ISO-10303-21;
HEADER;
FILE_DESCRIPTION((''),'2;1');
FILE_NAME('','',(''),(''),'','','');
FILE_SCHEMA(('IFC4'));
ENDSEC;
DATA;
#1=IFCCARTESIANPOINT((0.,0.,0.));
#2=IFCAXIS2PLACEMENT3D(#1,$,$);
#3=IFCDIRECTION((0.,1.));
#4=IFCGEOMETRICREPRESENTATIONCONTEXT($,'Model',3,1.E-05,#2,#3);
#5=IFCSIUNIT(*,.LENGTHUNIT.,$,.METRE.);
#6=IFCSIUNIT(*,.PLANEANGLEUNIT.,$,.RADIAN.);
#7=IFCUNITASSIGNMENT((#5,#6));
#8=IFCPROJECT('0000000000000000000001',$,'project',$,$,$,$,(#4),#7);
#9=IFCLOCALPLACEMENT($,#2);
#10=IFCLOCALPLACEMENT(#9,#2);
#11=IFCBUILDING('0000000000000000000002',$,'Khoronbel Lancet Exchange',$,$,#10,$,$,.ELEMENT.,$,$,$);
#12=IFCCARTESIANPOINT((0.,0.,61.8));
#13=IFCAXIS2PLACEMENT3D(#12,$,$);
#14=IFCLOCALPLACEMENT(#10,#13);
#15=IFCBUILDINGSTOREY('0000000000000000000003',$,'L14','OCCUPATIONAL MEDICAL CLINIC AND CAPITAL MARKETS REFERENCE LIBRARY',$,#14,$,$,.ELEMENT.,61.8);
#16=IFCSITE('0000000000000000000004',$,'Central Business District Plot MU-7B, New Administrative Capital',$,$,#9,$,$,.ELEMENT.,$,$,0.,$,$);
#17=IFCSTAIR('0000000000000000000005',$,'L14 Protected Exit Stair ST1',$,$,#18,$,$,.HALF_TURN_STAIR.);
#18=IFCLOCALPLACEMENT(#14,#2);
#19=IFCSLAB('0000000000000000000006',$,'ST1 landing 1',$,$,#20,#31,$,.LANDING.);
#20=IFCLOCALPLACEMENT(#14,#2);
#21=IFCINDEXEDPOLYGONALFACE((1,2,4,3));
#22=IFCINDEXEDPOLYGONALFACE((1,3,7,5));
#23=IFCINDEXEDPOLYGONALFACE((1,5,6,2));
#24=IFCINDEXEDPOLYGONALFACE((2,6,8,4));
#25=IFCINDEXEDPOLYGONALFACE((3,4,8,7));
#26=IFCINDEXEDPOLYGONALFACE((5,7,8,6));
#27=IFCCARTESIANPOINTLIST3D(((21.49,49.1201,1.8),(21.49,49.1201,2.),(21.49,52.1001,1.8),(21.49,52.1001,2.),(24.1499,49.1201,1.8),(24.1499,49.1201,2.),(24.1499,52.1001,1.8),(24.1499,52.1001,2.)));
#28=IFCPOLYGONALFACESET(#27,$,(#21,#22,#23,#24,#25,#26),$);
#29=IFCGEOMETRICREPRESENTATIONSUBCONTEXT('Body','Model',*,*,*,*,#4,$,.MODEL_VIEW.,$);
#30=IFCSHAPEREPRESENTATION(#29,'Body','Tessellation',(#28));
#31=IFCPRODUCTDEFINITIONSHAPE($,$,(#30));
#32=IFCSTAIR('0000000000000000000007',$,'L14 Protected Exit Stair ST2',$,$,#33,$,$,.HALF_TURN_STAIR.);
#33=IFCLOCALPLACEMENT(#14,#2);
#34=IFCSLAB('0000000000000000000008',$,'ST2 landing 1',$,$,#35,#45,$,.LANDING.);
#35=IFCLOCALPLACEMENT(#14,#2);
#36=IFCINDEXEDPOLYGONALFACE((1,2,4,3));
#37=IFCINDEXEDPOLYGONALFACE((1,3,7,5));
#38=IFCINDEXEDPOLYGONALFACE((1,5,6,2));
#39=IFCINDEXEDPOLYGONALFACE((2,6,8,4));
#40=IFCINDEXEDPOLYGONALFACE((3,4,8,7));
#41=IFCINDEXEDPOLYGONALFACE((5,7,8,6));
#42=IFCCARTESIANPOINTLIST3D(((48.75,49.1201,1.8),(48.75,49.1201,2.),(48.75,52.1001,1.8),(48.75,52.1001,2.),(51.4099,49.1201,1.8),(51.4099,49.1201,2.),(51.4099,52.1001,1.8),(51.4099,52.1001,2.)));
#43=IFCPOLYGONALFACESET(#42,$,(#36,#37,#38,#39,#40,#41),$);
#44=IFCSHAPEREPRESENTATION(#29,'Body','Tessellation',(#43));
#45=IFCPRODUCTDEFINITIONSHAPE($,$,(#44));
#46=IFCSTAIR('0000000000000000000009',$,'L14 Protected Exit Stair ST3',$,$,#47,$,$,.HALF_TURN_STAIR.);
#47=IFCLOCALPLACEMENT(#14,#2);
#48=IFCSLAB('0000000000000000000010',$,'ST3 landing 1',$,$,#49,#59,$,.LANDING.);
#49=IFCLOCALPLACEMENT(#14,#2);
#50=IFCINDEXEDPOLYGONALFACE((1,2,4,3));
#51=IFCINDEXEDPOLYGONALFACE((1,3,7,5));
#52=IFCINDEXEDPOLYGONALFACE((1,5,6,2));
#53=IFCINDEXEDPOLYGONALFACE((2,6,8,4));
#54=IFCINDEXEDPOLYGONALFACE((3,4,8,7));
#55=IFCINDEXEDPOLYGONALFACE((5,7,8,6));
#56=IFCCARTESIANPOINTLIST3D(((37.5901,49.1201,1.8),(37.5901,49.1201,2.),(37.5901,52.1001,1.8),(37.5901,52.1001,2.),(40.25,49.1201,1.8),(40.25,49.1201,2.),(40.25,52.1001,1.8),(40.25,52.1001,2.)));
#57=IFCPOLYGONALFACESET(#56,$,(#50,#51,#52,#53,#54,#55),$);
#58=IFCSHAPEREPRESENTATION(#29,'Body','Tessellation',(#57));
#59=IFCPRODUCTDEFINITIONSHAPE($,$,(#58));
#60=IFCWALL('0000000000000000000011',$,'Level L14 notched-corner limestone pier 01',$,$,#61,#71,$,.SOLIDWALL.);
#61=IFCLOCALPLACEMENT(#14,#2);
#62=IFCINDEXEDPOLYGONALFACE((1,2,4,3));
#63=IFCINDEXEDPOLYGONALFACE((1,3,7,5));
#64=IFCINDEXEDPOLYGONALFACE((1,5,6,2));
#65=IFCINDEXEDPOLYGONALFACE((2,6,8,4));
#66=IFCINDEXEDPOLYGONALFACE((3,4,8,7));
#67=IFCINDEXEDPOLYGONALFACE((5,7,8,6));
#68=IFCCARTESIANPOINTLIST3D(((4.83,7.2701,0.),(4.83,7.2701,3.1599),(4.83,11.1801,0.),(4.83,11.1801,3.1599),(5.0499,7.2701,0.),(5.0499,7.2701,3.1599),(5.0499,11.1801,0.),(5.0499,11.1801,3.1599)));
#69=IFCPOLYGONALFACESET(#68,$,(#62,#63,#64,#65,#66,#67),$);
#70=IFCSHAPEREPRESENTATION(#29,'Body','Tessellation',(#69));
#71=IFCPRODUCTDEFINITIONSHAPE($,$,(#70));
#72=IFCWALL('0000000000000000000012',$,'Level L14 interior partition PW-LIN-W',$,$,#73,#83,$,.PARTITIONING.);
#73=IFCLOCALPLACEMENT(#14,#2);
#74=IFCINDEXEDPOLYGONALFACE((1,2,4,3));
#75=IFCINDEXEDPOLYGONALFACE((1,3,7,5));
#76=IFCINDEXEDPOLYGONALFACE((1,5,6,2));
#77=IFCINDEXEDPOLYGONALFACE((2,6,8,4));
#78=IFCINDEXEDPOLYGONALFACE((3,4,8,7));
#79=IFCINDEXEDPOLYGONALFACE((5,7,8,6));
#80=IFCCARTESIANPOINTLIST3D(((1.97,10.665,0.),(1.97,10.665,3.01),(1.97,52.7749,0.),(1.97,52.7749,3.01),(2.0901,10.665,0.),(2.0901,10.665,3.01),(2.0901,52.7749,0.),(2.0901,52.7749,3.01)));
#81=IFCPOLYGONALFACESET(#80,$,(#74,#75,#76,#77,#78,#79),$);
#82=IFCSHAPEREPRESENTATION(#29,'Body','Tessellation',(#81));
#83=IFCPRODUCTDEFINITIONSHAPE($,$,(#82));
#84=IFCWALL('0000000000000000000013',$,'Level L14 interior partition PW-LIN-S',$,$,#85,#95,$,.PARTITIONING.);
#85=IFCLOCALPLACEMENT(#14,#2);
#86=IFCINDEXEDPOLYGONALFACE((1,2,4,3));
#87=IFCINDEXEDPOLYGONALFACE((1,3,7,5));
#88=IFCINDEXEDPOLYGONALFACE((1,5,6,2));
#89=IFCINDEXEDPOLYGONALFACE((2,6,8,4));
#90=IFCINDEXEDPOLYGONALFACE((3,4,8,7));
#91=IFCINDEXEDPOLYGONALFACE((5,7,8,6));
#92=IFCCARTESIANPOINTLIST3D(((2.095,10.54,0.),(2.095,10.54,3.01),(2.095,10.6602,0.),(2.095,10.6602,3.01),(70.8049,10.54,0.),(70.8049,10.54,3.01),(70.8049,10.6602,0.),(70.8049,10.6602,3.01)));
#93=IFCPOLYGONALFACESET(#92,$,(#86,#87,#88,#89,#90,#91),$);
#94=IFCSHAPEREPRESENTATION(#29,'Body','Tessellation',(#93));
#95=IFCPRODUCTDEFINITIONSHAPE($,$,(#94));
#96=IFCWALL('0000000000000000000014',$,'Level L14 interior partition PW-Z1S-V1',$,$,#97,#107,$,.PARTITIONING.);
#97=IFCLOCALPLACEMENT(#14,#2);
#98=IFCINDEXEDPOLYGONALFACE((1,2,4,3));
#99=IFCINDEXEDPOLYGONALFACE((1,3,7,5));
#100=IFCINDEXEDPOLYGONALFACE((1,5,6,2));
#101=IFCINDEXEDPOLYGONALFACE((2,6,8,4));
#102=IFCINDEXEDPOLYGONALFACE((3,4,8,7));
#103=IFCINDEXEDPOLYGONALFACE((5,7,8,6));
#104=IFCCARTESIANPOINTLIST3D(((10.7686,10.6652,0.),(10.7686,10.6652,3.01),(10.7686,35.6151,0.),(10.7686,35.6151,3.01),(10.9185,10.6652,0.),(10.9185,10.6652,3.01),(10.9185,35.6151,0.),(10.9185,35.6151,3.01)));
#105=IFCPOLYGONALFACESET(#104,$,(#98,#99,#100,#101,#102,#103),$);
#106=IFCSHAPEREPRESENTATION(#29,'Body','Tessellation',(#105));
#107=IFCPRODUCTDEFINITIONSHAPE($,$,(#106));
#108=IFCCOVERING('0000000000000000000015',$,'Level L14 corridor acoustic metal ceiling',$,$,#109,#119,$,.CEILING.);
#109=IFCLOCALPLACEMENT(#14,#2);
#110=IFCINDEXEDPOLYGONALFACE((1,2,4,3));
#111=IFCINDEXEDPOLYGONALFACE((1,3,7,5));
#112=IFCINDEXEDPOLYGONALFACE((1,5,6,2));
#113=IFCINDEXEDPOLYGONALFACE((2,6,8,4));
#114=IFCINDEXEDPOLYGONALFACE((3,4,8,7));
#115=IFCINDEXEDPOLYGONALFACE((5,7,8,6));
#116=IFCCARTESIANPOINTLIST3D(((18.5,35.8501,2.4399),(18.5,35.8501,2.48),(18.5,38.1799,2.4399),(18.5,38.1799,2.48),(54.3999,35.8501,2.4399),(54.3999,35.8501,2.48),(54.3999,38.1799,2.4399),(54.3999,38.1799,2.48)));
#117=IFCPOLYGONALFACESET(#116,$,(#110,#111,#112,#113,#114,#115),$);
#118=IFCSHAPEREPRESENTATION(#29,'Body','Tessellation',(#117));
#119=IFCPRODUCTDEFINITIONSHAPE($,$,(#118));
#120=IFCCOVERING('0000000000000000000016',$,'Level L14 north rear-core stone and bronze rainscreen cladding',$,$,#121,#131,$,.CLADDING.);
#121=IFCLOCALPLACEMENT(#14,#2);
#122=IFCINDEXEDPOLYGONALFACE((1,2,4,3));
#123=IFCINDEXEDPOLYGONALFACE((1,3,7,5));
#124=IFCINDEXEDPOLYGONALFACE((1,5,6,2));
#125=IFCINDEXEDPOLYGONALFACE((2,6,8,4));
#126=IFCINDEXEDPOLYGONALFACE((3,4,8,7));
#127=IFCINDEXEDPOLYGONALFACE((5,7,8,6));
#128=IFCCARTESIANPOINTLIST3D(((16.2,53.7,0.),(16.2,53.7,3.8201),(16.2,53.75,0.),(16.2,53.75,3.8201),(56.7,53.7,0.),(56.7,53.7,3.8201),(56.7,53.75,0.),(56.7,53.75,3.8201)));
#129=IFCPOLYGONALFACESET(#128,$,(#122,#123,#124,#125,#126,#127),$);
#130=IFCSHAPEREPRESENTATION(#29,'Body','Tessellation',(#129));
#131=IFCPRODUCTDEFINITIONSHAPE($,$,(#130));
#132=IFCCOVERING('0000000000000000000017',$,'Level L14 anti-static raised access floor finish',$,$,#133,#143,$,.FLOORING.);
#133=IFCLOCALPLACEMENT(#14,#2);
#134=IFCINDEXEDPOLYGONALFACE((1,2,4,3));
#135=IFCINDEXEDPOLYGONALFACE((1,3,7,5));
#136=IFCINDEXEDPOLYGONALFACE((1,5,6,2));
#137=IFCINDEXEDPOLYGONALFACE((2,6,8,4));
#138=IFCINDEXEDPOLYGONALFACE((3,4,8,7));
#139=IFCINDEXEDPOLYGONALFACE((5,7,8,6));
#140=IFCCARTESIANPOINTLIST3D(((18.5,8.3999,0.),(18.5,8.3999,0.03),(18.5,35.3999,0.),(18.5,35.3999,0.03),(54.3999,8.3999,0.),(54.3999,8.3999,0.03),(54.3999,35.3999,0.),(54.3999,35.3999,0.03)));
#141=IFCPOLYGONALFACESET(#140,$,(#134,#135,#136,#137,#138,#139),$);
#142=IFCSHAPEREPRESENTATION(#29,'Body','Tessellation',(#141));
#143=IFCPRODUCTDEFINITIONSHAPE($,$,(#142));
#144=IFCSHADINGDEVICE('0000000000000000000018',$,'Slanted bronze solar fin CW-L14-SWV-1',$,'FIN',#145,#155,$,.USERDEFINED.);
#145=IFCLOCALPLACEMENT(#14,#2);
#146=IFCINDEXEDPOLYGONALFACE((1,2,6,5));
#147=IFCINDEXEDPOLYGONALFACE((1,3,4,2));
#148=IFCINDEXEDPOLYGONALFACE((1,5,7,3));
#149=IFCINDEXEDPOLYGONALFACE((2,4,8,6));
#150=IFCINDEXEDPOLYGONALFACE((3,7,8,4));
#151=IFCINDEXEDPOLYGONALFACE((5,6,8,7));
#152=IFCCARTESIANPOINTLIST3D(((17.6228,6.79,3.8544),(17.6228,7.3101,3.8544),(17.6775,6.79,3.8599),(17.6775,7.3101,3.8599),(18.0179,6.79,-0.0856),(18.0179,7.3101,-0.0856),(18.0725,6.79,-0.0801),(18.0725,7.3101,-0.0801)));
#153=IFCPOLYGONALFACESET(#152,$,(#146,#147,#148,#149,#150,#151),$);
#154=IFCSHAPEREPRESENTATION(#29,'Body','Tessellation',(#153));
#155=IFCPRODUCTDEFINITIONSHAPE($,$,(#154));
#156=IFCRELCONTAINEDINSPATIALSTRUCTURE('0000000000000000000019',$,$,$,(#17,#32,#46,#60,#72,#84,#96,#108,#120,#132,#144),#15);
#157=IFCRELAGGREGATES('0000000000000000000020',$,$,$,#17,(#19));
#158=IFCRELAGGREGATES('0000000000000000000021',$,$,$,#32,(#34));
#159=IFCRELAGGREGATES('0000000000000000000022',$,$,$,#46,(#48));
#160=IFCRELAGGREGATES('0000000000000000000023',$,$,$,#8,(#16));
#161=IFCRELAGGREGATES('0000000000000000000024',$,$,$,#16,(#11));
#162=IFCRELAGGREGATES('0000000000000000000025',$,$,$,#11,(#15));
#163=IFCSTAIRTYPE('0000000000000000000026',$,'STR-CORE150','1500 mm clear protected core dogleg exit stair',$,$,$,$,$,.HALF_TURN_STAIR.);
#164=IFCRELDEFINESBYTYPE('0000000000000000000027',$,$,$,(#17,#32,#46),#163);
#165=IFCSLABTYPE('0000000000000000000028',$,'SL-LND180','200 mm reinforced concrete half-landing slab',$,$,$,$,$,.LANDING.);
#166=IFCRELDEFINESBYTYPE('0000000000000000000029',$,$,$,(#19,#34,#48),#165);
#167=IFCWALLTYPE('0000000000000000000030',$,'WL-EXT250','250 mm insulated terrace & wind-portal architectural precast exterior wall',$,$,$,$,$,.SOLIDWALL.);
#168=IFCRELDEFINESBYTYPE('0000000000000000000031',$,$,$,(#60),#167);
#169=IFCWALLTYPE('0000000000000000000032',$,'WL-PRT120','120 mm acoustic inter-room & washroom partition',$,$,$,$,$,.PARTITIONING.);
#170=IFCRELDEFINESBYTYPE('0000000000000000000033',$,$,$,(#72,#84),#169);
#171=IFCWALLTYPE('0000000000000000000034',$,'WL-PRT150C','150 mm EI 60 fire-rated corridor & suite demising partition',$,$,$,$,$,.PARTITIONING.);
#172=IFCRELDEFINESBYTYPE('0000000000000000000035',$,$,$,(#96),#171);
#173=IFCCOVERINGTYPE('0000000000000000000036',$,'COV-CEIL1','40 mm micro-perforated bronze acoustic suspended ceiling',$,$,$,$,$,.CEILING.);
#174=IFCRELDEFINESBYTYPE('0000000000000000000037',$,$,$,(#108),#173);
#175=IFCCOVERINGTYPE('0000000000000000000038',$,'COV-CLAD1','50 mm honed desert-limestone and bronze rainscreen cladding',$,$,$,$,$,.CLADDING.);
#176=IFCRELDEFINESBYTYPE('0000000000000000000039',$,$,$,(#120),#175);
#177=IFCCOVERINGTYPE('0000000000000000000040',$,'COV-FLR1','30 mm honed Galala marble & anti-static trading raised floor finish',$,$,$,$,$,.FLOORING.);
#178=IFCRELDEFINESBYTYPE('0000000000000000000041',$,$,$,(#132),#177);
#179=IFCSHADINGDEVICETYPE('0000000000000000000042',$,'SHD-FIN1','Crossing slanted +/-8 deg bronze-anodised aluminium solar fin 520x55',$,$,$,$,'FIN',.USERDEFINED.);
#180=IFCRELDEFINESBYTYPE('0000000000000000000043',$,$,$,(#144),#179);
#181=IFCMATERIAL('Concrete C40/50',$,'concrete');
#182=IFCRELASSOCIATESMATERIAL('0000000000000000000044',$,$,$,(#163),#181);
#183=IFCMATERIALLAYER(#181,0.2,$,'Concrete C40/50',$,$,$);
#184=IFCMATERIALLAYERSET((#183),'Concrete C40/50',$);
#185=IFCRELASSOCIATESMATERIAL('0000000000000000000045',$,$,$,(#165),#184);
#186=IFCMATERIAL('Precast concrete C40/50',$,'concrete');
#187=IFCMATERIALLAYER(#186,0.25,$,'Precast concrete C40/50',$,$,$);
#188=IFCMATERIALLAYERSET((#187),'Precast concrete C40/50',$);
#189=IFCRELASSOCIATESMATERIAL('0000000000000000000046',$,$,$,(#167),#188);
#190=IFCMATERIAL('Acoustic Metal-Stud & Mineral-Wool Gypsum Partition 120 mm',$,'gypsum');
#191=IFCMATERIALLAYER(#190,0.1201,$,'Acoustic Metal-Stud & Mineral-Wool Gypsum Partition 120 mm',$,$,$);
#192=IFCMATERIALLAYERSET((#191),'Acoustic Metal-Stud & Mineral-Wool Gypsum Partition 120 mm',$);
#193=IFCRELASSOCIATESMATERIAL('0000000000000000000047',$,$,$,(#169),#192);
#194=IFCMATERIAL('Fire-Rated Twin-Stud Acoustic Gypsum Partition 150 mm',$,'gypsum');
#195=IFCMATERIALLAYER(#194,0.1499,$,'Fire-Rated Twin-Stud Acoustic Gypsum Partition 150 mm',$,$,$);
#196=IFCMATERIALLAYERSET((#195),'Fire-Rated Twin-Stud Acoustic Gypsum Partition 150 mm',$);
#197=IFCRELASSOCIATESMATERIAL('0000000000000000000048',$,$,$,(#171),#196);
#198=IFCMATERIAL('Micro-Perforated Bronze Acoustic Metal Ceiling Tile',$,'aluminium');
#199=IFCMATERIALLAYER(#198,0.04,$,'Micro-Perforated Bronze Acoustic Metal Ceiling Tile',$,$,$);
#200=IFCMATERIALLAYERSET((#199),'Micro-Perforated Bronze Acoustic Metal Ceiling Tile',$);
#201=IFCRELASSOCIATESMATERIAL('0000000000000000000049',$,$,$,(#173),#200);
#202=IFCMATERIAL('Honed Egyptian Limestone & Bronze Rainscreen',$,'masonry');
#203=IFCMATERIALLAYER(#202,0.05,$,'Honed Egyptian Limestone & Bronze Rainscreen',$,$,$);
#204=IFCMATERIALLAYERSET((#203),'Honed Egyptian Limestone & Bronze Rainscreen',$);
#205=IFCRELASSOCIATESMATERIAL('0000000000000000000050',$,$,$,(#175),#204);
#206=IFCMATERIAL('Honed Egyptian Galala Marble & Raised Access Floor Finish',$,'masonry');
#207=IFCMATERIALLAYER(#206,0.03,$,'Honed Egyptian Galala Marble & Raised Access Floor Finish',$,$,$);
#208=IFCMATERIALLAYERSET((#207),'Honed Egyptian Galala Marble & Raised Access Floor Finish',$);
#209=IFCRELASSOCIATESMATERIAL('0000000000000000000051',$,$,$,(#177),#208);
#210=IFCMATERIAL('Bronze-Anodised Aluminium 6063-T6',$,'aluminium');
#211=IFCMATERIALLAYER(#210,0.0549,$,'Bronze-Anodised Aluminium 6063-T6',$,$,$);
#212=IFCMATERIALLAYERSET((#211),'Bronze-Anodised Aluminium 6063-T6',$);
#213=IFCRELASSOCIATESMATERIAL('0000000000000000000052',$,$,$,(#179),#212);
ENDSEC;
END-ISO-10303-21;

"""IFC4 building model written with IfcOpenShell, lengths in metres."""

from ifc_helpers import new_model, si_unit, direction, frame, frame_2d, origin, place, context, subcontext, project, spatial, polyline, rectangle, outline, extrude, material, layer, layer_set, type_object, element, aggregate, save


model = new_model("IFC4")

# Units and contexts
model_context = context("Model", 3, precision=1e-05, world=origin(), true_north=direction((0.0, 1.0)))
body_context = subcontext(model_context, "Body", "Model", "MODEL_VIEW")
ifc_project = project(units=[si_unit("LENGTHUNIT", "METRE"), si_unit("PLANEANGLEUNIT", "RADIAN")], contexts=[model_context])

# Site, building, storey
site_placement = place(None, origin())
site = spatial("IfcSite", under=ifc_project, at=site_placement, Name="Central Business District Plot MU-7B, New Administrative Capital", CompositionType="ELEMENT", RefElevation=0.0)
building_placement = place(site_placement, origin())
building = spatial("IfcBuilding", under=site, at=building_placement, Name="Khoronbel Lancet Exchange", CompositionType="ELEMENT")
storey_placement = place(building_placement, frame((0.0, 0.0, 61.8)))
storey = spatial("IfcBuildingStorey", under=building, at=storey_placement, Name="L14", Description="OCCUPATIONAL MEDICAL CLINIC AND CAPITAL MARKETS REFERENCE LIBRARY", CompositionType="ELEMENT", Elevation=61.8)

# Shared definitions
ifc_material_1 = material(Name="Bronze-Anodised Aluminium 6063-T6", Category="aluminium")

# Shared definitions
ifc_material_2 = material(Name="Concrete C40/50", Category="concrete")

# Stairs, slabs
stair_type = type_object("IfcStairType", Name="STR-CORE150", Description="1500 mm clear protected core dogleg exit stair", PredefinedType="HALF_TURN_STAIR", material=ifc_material_2)
stair_1_placement = place(storey_placement, origin())
stair_1 = element("IfcStair", 1, at=stair_1_placement, inside=storey, type_object=stair_type, Name="L14 Protected Exit Stair ST1", PredefinedType="HALF_TURN_STAIR")
ifc_layer_1 = layer(ifc_material_2, 0.2, Name="Concrete C40/50")
ifc_layer_set_1 = layer_set([ifc_layer_1], Name="Concrete C40/50")
slab_type_1 = type_object("IfcSlabType", Name="SL-LND180", Description="200 mm reinforced concrete half-landing slab", PredefinedType="LANDING", material=ifc_layer_set_1)
slab_1_placement = place(storey_placement, frame((0.0, 0.0, 1.8)))
slab_1 = element("IfcSlab", 2, at=slab_1_placement, type_object=slab_type_1, Name="ST1 landing 1", PredefinedType="LANDING", context=body_context, shape_type="SweptSolid", body=[
    extrude(outline(polyline([(21.49, 49.1201), (24.1499, 49.1201), (24.1499, 52.1001), (21.49, 52.1001), (21.49, 49.1201)])), origin(), (0.0, 0.0, 1.0), 0.2),
])
aggregate(stair_1, [slab_1])
stair_2_placement = place(storey_placement, origin())
stair_2 = element("IfcStair", 3, at=stair_2_placement, inside=storey, type_object=stair_type, Name="L14 Protected Exit Stair ST2", PredefinedType="HALF_TURN_STAIR")
slab_2_placement = place(storey_placement, frame((0.0, 0.0, 1.8)))
slab_2 = element("IfcSlab", 4, at=slab_2_placement, type_object=slab_type_1, Name="ST2 landing 1", PredefinedType="LANDING", context=body_context, shape_type="SweptSolid", body=[
    extrude(outline(polyline([(51.4099, 52.1001), (48.75, 52.1001), (48.75, 49.1201), (51.4099, 49.1201), (51.4099, 52.1001)])), origin(), (0.0, 0.0, 1.0), 0.2),
])
aggregate(stair_2, [slab_2])
stair_3_placement = place(storey_placement, origin())
stair_3 = element("IfcStair", 5, at=stair_3_placement, inside=storey, type_object=stair_type, Name="L14 Protected Exit Stair ST3", PredefinedType="HALF_TURN_STAIR")
slab_3_placement = place(storey_placement, frame((0.0, 0.0, 1.8)))
slab_3 = element("IfcSlab", 6, at=slab_3_placement, type_object=slab_type_1, Name="ST3 landing 1", PredefinedType="LANDING", context=body_context, shape_type="SweptSolid", body=[
    extrude(outline(polyline([(37.5901, 49.1201), (40.25, 49.1201), (40.25, 52.1001), (37.5901, 52.1001), (37.5901, 49.1201)])), origin(), (0.0, 0.0, 1.0), 0.2),
])
aggregate(stair_3, [slab_3])

# Walls
ifc_material_3 = material(Name="Precast concrete C40/50", Category="concrete")
ifc_layer_2 = layer(ifc_material_3, 0.25, Name="Precast concrete C40/50")
ifc_layer_set_2 = layer_set([ifc_layer_2], Name="Precast concrete C40/50")
wall_type_1 = type_object("IfcWallType", Name="WL-EXT250", Description="250 mm insulated terrace & wind-portal architectural precast exterior wall", PredefinedType="SOLIDWALL", material=ifc_layer_set_2)
wall_1_placement = place(storey_placement, frame((4.9399, 7.27, 0.0), z_axis=(0.0, 0.0, 1.0), x_axis=(0.0, 1.0, 0.0)))
element("IfcWall", 7, at=wall_1_placement, inside=storey, type_object=wall_type_1, Name="Level L14 notched-corner limestone pier 01", PredefinedType="SOLIDWALL", context=body_context, shape_type="SweptSolid", body=[
    extrude(rectangle(XDim=3.9099, YDim=0.22, at=frame_2d((1.9551, 0.0))), origin(), (0.0, 0.0, 1.0), 3.1599),
])
ifc_material_4 = material(Name="Acoustic Metal-Stud & Mineral-Wool Gypsum Partition 120 mm", Category="gypsum")
ifc_layer_3 = layer(ifc_material_4, 0.1201, Name="Acoustic Metal-Stud & Mineral-Wool Gypsum Partition 120 mm")
ifc_layer_set_3 = layer_set([ifc_layer_3], Name="Acoustic Metal-Stud & Mineral-Wool Gypsum Partition 120 mm")
wall_type_2 = type_object("IfcWallType", Name="WL-PRT120", Description="120 mm acoustic inter-room & washroom partition", PredefinedType="PARTITIONING", material=ifc_layer_set_3)
wall_2_placement = place(storey_placement, frame((2.03, 10.665, 0.0), z_axis=(0.0, 0.0, 1.0), x_axis=(0.0, 1.0, 0.0)))
element("IfcWall", 8, at=wall_2_placement, inside=storey, type_object=wall_type_2, Name="Level L14 interior partition PW-LIN-W", PredefinedType="PARTITIONING", context=body_context, shape_type="SweptSolid", body=[
    extrude(rectangle(XDim=42.1099, YDim=0.1201, at=frame_2d((21.0549, 0.0))), origin(), (0.0, 0.0, 1.0), 3.01),
])
wall_3_placement = place(storey_placement, frame((2.095, 10.6001, 0.0), z_axis=(0.0, 0.0, 1.0), x_axis=(1.0, 0.0, 0.0)))
element("IfcWall", 9, at=wall_3_placement, inside=storey, type_object=wall_type_2, Name="Level L14 interior partition PW-LIN-S", PredefinedType="PARTITIONING", context=body_context, shape_type="SweptSolid", body=[
    extrude(rectangle(XDim=68.71, YDim=0.1201, at=frame_2d((34.355, 0.0))), origin(), (0.0, 0.0, 1.0), 3.01),
])
ifc_material_5 = material(Name="Fire-Rated Twin-Stud Acoustic Gypsum Partition 150 mm", Category="gypsum")
ifc_layer_4 = layer(ifc_material_5, 0.1499, Name="Fire-Rated Twin-Stud Acoustic Gypsum Partition 150 mm")
ifc_layer_set_4 = layer_set([ifc_layer_4], Name="Fire-Rated Twin-Stud Acoustic Gypsum Partition 150 mm")
wall_type_3 = type_object("IfcWallType", Name="WL-PRT150C", Description="150 mm EI 60 fire-rated corridor & suite demising partition", PredefinedType="PARTITIONING", material=ifc_layer_set_4)
wall_4_placement = place(storey_placement, frame((10.8435, 10.665, 0.0), z_axis=(0.0, 0.0, 1.0), x_axis=(0.0, 1.0, 0.0)))
element("IfcWall", 10, at=wall_4_placement, inside=storey, type_object=wall_type_3, Name="Level L14 interior partition PW-Z1S-V1", PredefinedType="PARTITIONING", context=body_context, shape_type="SweptSolid", body=[
    extrude(rectangle(XDim=24.95, YDim=0.1499, at=frame_2d((12.4751, 0.0))), origin(), (0.0, 0.0, 1.0), 3.01),
])

# Coverings
ifc_material_6 = material(Name="Micro-Perforated Bronze Acoustic Metal Ceiling Tile", Category="aluminium")
ifc_layer_5 = layer(ifc_material_6, 0.04, Name="Micro-Perforated Bronze Acoustic Metal Ceiling Tile")
ifc_layer_set_5 = layer_set([ifc_layer_5], Name="Micro-Perforated Bronze Acoustic Metal Ceiling Tile")
covering_type_1 = type_object("IfcCoveringType", Name="COV-CEIL1", Description="40 mm micro-perforated bronze acoustic suspended ceiling", PredefinedType="CEILING", material=ifc_layer_set_5)
covering_1_placement = place(storey_placement, frame((0.0, 0.0, 2.4399)))
element("IfcCovering", 11, at=covering_1_placement, inside=storey, type_object=covering_type_1, Name="Level L14 corridor acoustic metal ceiling", PredefinedType="CEILING", context=body_context, shape_type="SweptSolid", body=[
    extrude(outline(polyline([(18.5, 35.8501), (54.3999, 35.8501), (54.3999, 38.1799), (18.5, 38.1799), (18.5, 35.8501)])), origin(), (0.0, 0.0, 1.0), 0.04),
])
ifc_material_7 = material(Name="Honed Egyptian Limestone & Bronze Rainscreen", Category="masonry")
ifc_layer_6 = layer(ifc_material_7, 0.05, Name="Honed Egyptian Limestone & Bronze Rainscreen")
ifc_layer_set_6 = layer_set([ifc_layer_6], Name="Honed Egyptian Limestone & Bronze Rainscreen")
covering_type_2 = type_object("IfcCoveringType", Name="COV-CLAD1", Description="50 mm honed desert-limestone and bronze rainscreen cladding", PredefinedType="CLADDING", material=ifc_layer_set_6)
covering_2_placement = place(storey_placement, origin())
element("IfcCovering", 12, at=covering_2_placement, inside=storey, type_object=covering_type_2, Name="Level L14 north rear-core stone and bronze rainscreen cladding", PredefinedType="CLADDING", context=body_context, shape_type="SweptSolid", body=[
    extrude(outline(polyline([(16.2, 53.7), (56.7, 53.7), (56.7, 53.75), (16.2, 53.75), (16.2, 53.7)])), origin(), (0.0, 0.0, 1.0), 3.8201),
])
ifc_material_8 = material(Name="Honed Egyptian Galala Marble & Raised Access Floor Finish", Category="masonry")
ifc_layer_7 = layer(ifc_material_8, 0.03, Name="Honed Egyptian Galala Marble & Raised Access Floor Finish")
ifc_layer_set_7 = layer_set([ifc_layer_7], Name="Honed Egyptian Galala Marble & Raised Access Floor Finish")
covering_type_3 = type_object("IfcCoveringType", Name="COV-FLR1", Description="30 mm honed Galala marble & anti-static trading raised floor finish", PredefinedType="FLOORING", material=ifc_layer_set_7)
covering_3_placement = place(storey_placement, origin())
element("IfcCovering", 13, at=covering_3_placement, inside=storey, type_object=covering_type_3, Name="Level L14 anti-static raised access floor finish", PredefinedType="FLOORING", context=body_context, shape_type="SweptSolid", body=[
    extrude(outline(polyline([(18.5, 8.3999), (54.3999, 8.3999), (54.3999, 35.3999), (18.5, 35.3999), (18.5, 8.3999)])), origin(), (0.0, 0.0, 1.0), 0.03),
])

# Shading device
ifc_layer_8 = layer(ifc_material_1, 0.0549, Name="Bronze-Anodised Aluminium 6063-T6")
ifc_layer_set_8 = layer_set([ifc_layer_8], Name="Bronze-Anodised Aluminium 6063-T6")
shading_device_type = type_object("IfcShadingDeviceType", Name="SHD-FIN1", Description="Crossing slanted +/-8 deg bronze-anodised aluminium solar fin 520x55", ElementType="FIN", PredefinedType="USERDEFINED", material=ifc_layer_set_8)
shading_device_placement = place(storey_placement, frame((18.0725, 7.3101, -0.0801), z_axis=(0.995012, 0.0, 0.09976), x_axis=(0.0, -1.0, 0.0)))
element("IfcShadingDevice", 14, at=shading_device_placement, inside=storey, type_object=shading_device_type, Name="Slanted bronze solar fin CW-L14-SWV-1", ObjectType="FIN", PredefinedType="USERDEFINED", context=body_context, shape_type="SweptSolid", body=[
    extrude(outline(polyline([(0.0, 0.0), (0.52, 0.0), (0.52, -3.9597), (0.0, -3.9597), (0.0, 0.0)])), origin(), (0.0, 0.0, -1.0), 0.0549),
])

save(model, "model.ifc")
